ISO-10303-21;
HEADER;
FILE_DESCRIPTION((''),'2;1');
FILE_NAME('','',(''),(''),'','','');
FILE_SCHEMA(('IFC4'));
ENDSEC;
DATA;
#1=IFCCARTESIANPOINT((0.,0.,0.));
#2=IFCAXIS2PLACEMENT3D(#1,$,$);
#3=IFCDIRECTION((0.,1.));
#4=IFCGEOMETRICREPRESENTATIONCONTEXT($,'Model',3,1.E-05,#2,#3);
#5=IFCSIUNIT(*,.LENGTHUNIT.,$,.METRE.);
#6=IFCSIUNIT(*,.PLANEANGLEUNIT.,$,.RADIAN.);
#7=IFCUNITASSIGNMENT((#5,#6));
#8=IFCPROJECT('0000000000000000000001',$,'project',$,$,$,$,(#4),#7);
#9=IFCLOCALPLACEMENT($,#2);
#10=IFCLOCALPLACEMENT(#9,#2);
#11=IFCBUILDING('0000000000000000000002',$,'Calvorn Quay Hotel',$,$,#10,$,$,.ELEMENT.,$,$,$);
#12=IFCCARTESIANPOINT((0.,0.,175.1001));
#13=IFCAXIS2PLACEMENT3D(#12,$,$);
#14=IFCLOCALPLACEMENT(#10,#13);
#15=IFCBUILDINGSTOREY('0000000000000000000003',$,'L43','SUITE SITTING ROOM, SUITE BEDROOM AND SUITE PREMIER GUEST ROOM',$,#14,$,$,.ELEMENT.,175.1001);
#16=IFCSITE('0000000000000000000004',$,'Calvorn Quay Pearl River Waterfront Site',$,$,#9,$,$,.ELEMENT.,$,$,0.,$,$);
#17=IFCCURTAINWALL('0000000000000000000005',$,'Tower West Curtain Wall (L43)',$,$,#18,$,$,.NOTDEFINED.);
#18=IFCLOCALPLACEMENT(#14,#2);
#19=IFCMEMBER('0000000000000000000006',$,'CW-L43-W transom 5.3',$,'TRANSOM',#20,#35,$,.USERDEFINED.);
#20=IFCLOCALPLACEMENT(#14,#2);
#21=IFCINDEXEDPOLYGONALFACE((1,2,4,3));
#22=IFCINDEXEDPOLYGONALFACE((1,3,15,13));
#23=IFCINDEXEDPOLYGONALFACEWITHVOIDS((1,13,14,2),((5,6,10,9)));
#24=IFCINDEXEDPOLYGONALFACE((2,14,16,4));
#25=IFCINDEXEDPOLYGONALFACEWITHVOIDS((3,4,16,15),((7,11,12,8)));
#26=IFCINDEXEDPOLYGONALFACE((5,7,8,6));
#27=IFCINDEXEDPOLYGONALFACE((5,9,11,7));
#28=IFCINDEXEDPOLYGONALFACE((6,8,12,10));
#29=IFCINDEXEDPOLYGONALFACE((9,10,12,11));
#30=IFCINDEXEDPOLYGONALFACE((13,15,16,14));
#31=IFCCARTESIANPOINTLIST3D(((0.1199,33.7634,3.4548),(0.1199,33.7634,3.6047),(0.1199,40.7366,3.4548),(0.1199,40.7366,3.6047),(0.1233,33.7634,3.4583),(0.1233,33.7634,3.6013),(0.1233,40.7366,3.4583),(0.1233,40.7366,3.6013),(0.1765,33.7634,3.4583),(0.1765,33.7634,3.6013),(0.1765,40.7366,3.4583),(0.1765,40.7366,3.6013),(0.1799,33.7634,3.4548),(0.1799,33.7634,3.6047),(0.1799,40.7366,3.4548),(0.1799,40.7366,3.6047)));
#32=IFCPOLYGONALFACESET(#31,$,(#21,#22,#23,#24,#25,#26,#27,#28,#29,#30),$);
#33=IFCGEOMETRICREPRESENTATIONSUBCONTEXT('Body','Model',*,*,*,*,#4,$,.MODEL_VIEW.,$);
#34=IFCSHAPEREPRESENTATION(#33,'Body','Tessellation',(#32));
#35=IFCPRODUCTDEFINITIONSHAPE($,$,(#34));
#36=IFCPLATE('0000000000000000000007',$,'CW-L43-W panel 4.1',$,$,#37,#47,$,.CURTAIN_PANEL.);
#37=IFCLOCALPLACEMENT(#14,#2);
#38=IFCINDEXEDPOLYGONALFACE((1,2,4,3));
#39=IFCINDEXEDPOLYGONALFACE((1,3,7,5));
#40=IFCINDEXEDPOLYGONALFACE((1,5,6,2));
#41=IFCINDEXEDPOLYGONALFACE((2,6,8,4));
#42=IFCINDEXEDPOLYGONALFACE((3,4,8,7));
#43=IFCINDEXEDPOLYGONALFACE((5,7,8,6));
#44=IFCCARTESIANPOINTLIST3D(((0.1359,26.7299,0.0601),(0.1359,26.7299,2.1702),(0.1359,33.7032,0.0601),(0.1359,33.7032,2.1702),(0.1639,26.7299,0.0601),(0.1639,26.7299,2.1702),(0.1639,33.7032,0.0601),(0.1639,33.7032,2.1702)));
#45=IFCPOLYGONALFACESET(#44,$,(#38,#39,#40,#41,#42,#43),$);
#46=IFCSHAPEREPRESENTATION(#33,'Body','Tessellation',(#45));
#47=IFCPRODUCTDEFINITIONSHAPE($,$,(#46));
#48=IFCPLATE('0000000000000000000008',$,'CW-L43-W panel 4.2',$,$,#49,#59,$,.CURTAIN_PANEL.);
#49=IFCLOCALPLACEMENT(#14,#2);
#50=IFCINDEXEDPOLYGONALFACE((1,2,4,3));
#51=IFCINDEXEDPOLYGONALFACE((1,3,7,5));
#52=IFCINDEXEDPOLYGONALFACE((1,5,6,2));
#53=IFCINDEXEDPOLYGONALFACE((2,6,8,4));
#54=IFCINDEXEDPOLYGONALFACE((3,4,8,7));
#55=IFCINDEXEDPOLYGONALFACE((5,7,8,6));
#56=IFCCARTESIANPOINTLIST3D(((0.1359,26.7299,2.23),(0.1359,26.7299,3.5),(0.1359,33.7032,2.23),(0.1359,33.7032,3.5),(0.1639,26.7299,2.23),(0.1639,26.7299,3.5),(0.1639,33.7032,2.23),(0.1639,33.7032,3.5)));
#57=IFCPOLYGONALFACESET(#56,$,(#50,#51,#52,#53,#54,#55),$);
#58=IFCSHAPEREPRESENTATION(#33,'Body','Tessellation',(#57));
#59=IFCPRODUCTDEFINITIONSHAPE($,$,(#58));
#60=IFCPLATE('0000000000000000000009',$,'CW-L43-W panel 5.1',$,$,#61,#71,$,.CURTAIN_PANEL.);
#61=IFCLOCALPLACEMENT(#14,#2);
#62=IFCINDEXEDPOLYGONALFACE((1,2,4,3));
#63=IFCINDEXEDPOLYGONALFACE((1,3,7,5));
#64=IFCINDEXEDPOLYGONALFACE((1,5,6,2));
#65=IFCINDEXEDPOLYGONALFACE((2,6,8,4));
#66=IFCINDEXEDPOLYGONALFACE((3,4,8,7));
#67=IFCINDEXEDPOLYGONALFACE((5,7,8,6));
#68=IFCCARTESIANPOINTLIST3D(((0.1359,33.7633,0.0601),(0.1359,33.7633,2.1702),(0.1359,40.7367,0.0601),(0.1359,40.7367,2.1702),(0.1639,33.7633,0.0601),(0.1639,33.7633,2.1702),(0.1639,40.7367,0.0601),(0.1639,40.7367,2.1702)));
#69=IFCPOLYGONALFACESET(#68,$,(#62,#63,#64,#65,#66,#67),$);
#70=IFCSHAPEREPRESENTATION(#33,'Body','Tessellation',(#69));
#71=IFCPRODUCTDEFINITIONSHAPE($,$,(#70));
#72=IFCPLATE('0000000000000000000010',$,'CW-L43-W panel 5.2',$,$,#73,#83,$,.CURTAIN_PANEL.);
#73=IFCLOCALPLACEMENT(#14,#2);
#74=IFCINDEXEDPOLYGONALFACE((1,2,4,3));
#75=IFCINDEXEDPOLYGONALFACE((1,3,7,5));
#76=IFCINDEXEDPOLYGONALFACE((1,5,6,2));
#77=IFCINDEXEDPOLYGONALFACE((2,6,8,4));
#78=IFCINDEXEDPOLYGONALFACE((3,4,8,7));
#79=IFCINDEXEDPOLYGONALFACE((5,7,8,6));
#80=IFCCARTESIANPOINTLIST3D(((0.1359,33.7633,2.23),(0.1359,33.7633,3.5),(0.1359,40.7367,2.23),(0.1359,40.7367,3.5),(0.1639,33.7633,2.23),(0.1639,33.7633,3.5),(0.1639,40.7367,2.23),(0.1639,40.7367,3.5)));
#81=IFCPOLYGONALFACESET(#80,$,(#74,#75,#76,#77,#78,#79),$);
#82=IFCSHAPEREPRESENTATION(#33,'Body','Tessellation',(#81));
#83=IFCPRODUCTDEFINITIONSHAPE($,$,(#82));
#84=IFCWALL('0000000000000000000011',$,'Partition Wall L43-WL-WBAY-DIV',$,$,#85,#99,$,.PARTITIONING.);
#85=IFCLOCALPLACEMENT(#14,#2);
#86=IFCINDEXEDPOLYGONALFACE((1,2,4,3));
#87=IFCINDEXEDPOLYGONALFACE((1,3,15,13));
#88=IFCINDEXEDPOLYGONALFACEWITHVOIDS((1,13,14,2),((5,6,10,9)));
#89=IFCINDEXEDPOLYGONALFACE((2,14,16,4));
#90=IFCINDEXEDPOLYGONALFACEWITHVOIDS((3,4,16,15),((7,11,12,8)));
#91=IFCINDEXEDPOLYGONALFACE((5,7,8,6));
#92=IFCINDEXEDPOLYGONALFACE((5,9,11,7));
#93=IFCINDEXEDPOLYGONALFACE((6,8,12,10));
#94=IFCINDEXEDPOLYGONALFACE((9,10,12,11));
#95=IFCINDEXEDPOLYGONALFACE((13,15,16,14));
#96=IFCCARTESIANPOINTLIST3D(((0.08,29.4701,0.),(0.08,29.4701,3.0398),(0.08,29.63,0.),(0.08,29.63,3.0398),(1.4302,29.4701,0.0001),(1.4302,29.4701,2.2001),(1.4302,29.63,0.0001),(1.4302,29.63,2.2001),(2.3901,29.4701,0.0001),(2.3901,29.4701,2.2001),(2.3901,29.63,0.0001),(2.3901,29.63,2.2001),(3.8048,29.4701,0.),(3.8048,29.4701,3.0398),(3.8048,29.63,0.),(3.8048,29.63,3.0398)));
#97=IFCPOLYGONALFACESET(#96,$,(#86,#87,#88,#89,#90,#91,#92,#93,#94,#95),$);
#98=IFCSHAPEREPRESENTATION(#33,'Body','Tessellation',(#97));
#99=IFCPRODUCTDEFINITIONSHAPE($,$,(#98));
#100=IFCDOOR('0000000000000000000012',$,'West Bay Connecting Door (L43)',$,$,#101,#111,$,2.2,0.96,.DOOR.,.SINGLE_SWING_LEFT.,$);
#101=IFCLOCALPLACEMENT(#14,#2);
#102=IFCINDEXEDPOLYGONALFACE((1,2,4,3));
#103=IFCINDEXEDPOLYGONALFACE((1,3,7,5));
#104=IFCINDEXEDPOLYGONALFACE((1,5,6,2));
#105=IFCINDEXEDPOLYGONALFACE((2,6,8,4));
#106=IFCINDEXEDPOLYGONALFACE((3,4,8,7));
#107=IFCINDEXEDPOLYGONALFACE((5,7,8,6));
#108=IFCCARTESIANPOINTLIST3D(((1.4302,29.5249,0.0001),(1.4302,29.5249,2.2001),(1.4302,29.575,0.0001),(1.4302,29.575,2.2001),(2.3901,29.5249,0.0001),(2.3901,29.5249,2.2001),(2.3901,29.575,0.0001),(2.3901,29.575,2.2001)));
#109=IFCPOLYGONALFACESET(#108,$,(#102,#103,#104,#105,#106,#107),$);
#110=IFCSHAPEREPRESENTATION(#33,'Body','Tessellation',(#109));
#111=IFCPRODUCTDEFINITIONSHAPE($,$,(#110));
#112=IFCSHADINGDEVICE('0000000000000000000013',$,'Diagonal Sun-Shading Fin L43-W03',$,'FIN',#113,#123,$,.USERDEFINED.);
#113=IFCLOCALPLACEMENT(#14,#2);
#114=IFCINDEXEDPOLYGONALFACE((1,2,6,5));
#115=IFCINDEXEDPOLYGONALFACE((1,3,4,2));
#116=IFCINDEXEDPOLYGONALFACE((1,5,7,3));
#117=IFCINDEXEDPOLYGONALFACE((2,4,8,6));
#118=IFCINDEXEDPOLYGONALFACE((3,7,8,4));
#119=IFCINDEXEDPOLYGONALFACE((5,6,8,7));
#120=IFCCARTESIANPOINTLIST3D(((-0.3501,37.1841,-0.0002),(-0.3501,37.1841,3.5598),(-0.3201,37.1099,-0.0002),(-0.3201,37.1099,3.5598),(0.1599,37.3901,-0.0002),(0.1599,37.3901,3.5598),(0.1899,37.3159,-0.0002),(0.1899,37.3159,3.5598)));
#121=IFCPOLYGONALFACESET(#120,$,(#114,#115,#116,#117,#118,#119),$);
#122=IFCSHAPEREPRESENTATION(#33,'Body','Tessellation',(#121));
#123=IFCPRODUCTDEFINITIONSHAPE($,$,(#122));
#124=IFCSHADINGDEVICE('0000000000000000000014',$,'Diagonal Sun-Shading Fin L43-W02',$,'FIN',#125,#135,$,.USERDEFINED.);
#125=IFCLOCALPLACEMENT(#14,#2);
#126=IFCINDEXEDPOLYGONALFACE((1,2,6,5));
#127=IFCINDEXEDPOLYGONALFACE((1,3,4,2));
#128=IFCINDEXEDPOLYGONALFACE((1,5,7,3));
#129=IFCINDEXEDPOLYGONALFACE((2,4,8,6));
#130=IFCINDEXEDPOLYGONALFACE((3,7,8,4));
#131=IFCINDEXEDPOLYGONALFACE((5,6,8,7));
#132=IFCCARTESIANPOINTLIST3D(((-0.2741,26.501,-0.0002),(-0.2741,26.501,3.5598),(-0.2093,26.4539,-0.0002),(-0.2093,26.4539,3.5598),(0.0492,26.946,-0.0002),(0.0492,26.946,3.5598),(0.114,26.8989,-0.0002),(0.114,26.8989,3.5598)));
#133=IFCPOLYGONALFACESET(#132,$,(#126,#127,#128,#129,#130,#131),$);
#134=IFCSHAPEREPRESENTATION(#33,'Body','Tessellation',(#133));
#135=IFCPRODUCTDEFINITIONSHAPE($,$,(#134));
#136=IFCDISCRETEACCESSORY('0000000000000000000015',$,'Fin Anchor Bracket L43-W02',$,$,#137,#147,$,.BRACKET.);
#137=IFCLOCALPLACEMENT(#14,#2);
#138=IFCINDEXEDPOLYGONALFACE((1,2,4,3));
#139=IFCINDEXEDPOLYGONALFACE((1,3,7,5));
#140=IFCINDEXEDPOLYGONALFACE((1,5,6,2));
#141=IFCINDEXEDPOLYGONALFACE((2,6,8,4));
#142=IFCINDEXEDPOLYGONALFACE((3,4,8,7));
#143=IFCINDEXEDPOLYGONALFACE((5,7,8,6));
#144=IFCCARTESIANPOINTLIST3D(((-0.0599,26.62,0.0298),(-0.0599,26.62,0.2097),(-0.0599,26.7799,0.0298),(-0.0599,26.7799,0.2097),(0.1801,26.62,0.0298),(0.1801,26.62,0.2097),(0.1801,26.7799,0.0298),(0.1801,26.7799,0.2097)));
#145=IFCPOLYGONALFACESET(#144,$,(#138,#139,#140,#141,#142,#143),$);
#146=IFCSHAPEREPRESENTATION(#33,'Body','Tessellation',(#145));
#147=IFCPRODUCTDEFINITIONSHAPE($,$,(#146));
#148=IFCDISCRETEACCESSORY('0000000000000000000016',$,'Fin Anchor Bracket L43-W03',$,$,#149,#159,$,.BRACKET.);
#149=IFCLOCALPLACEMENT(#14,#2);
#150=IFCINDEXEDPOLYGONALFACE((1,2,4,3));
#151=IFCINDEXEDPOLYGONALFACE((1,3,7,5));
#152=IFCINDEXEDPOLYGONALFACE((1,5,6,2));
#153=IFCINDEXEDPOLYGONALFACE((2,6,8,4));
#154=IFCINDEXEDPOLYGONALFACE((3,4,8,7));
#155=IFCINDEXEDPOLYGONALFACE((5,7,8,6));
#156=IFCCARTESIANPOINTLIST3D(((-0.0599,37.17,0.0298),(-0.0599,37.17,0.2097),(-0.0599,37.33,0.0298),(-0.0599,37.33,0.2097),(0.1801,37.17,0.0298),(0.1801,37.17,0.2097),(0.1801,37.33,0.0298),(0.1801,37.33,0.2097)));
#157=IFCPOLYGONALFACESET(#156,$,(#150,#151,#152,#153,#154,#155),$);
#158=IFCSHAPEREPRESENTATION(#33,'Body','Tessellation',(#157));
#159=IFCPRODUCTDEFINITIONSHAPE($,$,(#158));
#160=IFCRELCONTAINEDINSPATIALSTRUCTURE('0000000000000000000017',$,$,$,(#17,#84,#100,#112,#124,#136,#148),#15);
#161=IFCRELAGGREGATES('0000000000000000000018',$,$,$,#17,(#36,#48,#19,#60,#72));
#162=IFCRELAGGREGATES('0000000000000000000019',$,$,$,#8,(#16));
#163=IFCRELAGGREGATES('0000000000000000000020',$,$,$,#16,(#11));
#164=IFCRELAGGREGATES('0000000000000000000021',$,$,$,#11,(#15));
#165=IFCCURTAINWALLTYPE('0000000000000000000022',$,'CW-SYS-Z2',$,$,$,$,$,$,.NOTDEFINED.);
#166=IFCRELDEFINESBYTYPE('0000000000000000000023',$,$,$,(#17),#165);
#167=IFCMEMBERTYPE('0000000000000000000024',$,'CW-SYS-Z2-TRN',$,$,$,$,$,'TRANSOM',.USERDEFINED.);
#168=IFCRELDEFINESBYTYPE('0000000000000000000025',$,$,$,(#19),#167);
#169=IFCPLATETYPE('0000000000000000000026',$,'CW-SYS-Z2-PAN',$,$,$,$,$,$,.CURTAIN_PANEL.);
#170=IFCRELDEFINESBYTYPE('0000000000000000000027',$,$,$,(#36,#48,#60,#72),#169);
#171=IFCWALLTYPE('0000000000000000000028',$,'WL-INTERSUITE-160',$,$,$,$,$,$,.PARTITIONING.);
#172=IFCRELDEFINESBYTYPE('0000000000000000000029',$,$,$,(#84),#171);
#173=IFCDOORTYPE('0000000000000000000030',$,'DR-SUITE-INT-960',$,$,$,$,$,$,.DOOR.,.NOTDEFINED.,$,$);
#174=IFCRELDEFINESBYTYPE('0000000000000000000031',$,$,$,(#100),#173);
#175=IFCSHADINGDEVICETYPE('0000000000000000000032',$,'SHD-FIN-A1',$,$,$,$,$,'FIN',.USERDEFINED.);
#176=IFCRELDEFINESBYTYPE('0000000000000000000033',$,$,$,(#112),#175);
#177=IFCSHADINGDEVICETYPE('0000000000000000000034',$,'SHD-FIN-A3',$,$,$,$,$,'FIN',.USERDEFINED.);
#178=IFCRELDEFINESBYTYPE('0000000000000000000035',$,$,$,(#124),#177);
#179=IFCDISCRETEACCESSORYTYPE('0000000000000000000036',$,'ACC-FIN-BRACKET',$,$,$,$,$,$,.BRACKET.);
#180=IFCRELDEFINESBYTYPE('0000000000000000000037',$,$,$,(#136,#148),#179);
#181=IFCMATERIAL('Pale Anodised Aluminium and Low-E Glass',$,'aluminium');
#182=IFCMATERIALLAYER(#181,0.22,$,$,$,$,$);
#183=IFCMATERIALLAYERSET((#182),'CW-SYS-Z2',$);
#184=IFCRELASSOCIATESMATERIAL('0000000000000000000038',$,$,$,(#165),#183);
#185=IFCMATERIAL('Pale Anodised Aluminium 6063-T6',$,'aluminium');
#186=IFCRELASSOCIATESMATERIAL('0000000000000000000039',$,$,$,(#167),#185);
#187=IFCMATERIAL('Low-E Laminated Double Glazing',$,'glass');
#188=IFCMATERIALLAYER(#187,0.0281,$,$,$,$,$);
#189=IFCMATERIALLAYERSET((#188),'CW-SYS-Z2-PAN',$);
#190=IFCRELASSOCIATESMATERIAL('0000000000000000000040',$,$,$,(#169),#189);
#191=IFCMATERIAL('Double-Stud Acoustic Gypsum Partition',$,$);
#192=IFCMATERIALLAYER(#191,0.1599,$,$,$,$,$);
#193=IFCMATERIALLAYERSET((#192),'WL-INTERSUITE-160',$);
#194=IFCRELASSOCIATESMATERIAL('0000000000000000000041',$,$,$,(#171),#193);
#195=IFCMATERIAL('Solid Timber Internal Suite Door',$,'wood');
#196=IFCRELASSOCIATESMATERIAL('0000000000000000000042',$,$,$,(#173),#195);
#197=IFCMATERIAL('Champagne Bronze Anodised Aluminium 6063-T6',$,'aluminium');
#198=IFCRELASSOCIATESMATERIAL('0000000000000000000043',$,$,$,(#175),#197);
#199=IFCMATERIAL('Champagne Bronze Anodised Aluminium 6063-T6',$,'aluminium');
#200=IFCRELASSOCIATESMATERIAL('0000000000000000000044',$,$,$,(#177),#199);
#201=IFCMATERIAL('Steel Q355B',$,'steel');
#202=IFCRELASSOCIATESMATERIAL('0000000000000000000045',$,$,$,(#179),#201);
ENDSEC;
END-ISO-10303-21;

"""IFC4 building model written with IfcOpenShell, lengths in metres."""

from ifc_helpers import new_model, si_unit, direction, frame, frame_2d, origin, origin_2d, place, context, subcontext, project, spatial, rectangle, hollow_rectangle, extrude, material, layer, layer_set, material_profile, profile_set, type_object, element, fill, aggregate, save


model = new_model("IFC4")

# Units and contexts
model_context = context("Model", 3, precision=1e-05, world=origin(), true_north=direction((0.0, 1.0)))
body_context = subcontext(model_context, "Body", "Model", "MODEL_VIEW")
ifc_project = project(units=[si_unit("LENGTHUNIT", "METRE"), si_unit("PLANEANGLEUNIT", "RADIAN")], contexts=[model_context])

# Site, building, storey
site_placement = place(None, origin())
site = spatial("IfcSite", under=ifc_project, at=site_placement, Name="Calvorn Quay Pearl River Waterfront Site", CompositionType="ELEMENT", RefElevation=0.0)
building_placement = place(site_placement, origin())
building = spatial("IfcBuilding", under=site, at=building_placement, Name="Calvorn Quay Hotel", CompositionType="ELEMENT")
storey_placement = place(building_placement, frame((0.0, 0.0, 175.1001)))
storey = spatial("IfcBuildingStorey", under=building, at=storey_placement, Name="L43", Description="SUITE SITTING ROOM, SUITE BEDROOM AND SUITE PREMIER GUEST ROOM", CompositionType="ELEMENT", Elevation=175.1001)

# Curtain wall, member, plates
ifc_material_1 = material(Name="Pale Anodised Aluminium and Low-E Glass", Category="aluminium")
ifc_layer_1 = layer(ifc_material_1, 0.22)
ifc_layer_set_1 = layer_set([ifc_layer_1], Name="CW-SYS-Z2")
curtain_wall_type = type_object("IfcCurtainWallType", Name="CW-SYS-Z2", PredefinedType="NOTDEFINED", material=ifc_layer_set_1)
curtain_wall_placement = place(storey_placement, origin())
curtain_wall = element("IfcCurtainWall", 1, at=curtain_wall_placement, inside=storey, type_object=curtain_wall_type, Name="Tower West Curtain Wall (L43)", PredefinedType="NOTDEFINED")
ifc_material_2 = material(Name="Pale Anodised Aluminium 6063-T6", Category="aluminium")
ifc_material_profile_1 = material_profile(ifc_material_2, hollow_rectangle(XDim=0.0601, YDim=0.1499, WallThickness=0.0034, at=origin_2d()), Name="ALU-T150x60x3.5")
ifc_profile_set_1 = profile_set([ifc_material_profile_1], Name="Pale Anodised Aluminium 6063-T6")
member_type_1 = type_object("IfcMemberType", Name="CW-SYS-Z2-TRN", ElementType="TRANSOM", PredefinedType="USERDEFINED", material=ifc_profile_set_1)
member_1_placement = place(storey_placement, frame((0.1499, 33.7634, 3.5298), z_axis=(0.0, 1.0, 0.0), x_axis=(-1.0, 0.0, 0.0)))
member_1 = element("IfcMember", 2, at=member_1_placement, type_object=member_type_1, Name="CW-L43-W transom 5.3", ObjectType="TRANSOM", PredefinedType="USERDEFINED", context=body_context, shape_type="SweptSolid", body=[
    extrude(hollow_rectangle(XDim=0.0601, YDim=0.1499, WallThickness=0.0034, at=origin_2d()), origin(), (0.0, 0.0, 1.0), 6.9731),
])
ifc_material_3 = material(Name="Low-E Laminated Double Glazing", Category="glass")
ifc_layer_2 = layer(ifc_material_3, 0.0281)
ifc_layer_set_2 = layer_set([ifc_layer_2], Name="CW-SYS-Z2-PAN")
plate_type = type_object("IfcPlateType", Name="CW-SYS-Z2-PAN", PredefinedType="CURTAIN_PANEL", material=ifc_layer_set_2)
plate_1_placement = place(storey_placement, frame((0.1499, 30.2166, 0.0601), z_axis=(0.0, 0.0, 1.0), x_axis=(0.0, 1.0, 0.0)))
plate_1 = element("IfcPlate", 3, at=plate_1_placement, type_object=plate_type, Name="CW-L43-W panel 4.1", PredefinedType="CURTAIN_PANEL", context=body_context, shape_type="SweptSolid", body=[
    extrude(rectangle(XDim=6.9734, YDim=0.0281, at=origin_2d()), origin(), (0.0, 0.0, 1.0), 2.1101),
])
plate_2_placement = place(storey_placement, frame((0.1499, 30.2166, 2.23), z_axis=(0.0, 0.0, 1.0), x_axis=(0.0, 1.0, 0.0)))
plate_2 = element("IfcPlate", 4, at=plate_2_placement, type_object=plate_type, Name="CW-L43-W panel 4.2", PredefinedType="CURTAIN_PANEL", context=body_context, shape_type="SweptSolid", body=[
    extrude(rectangle(XDim=6.9734, YDim=0.0281, at=origin_2d()), origin(), (0.0, 0.0, 1.0), 1.27),
])
plate_3_placement = place(storey_placement, frame((0.1499, 37.25, 0.0601), z_axis=(0.0, 0.0, 1.0), x_axis=(0.0, 1.0, 0.0)))
plate_3 = element("IfcPlate", 5, at=plate_3_placement, type_object=plate_type, Name="CW-L43-W panel 5.1", PredefinedType="CURTAIN_PANEL", context=body_context, shape_type="SweptSolid", body=[
    extrude(rectangle(XDim=6.9734, YDim=0.0281, at=origin_2d()), origin(), (0.0, 0.0, 1.0), 2.1101),
])
plate_4_placement = place(storey_placement, frame((0.1499, 37.25, 2.23), z_axis=(0.0, 0.0, 1.0), x_axis=(0.0, 1.0, 0.0)))
plate_4 = element("IfcPlate", 6, at=plate_4_placement, type_object=plate_type, Name="CW-L43-W panel 5.2", PredefinedType="CURTAIN_PANEL", context=body_context, shape_type="SweptSolid", body=[
    extrude(rectangle(XDim=6.9734, YDim=0.0281, at=origin_2d()), origin(), (0.0, 0.0, 1.0), 1.27),
])
aggregate(curtain_wall, [plate_1, plate_2, member_1, plate_3, plate_4])

# Wall, opening, door
ifc_material_4 = material(Name="Double-Stud Acoustic Gypsum Partition")
ifc_layer_3 = layer(ifc_material_4, 0.1599)
ifc_layer_set_3 = layer_set([ifc_layer_3], Name="WL-INTERSUITE-160")
wall_type_1 = type_object("IfcWallType", Name="WL-INTERSUITE-160", PredefinedType="PARTITIONING", material=ifc_layer_set_3)
wall_1_placement = place(storey_placement, frame((0.0801, 29.55, 0.0), z_axis=(0.0, 0.0, 1.0), x_axis=(1.0, 0.0, 0.0)))
wall_1 = element("IfcWall", 7, at=wall_1_placement, inside=storey, type_object=wall_type_1, Name="Partition Wall L43-WL-WBAY-DIV", PredefinedType="PARTITIONING", context=body_context, shape_type="SweptSolid", body=[
    extrude(rectangle(XDim=3.7249, YDim=0.1599, at=frame_2d((1.8623, 0.0))), origin(), (0.0, 0.0, 1.0), 3.0398),
])
opening_1_placement = place(wall_1_placement, frame((1.3501, 0.0, 0.0)))
opening_1 = element("IfcOpeningElement", 8, at=opening_1_placement, cuts=wall_1, PredefinedType="OPENING", context=body_context, shape_type="SweptSolid", body=[
    extrude(rectangle(XDim=0.96, YDim=2.2, at=frame_2d((0.48, 1.1001))), frame((0.0, 0.0898, 0.0), z_axis=(0.0, -1.0, 0.0), x_axis=(1.0, 0.0, 0.0)), (0.0, 0.0, 1.0), 0.1799),
])
ifc_material_5 = material(Name="Solid Timber Internal Suite Door", Category="wood")
door_type_1 = type_object("IfcDoorType", Name="DR-SUITE-INT-960", OperationType="NOTDEFINED", PredefinedType="DOOR", material=ifc_material_5)
door_1_placement = place(opening_1_placement, origin())
door_1 = element("IfcDoor", 9, at=door_1_placement, inside=storey, type_object=door_type_1, Name="West Bay Connecting Door (L43)", OperationType="SINGLE_SWING_LEFT", OverallHeight=2.2, OverallWidth=0.96, PredefinedType="DOOR", context=body_context, shape_type="SweptSolid", body=[
    extrude(rectangle(XDim=0.96, YDim=2.2, at=frame_2d((0.48, 1.1001))), frame((0.0, 0.0249, 0.0), z_axis=(0.0, -1.0, 0.0), x_axis=(1.0, 0.0, 0.0)), (0.0, 0.0, 1.0), 0.05),
])
fill(opening_1, door_1)

# Shading devices
ifc_material_6 = material(Name="Champagne Bronze Anodised Aluminium 6063-T6", Category="aluminium")
shading_device_type_1 = type_object("IfcShadingDeviceType", Name="SHD-FIN-A1", ElementType="FIN", PredefinedType="USERDEFINED", material=ifc_material_6)
shading_device_1_placement = place(storey_placement, frame((-0.0801, 37.25, -0.0002), z_axis=(0.0, 0.0, 1.0), x_axis=(0.927184, 0.374607, 0.0)))
element("IfcShadingDevice", 10, at=shading_device_1_placement, inside=storey, type_object=shading_device_type_1, Name="Diagonal Sun-Shading Fin L43-W03", ObjectType="FIN", PredefinedType="USERDEFINED", context=body_context, shape_type="SweptSolid", body=[
    extrude(rectangle(XDim=0.55, YDim=0.0801, at=origin_2d()), origin(), (0.0, 0.0, 1.0), 3.5601),
])
ifc_material_7 = material(Name="Champagne Bronze Anodised Aluminium 6063-T6", Category="aluminium")
shading_device_type_2 = type_object("IfcShadingDeviceType", Name="SHD-FIN-A3", ElementType="FIN", PredefinedType="USERDEFINED", material=ifc_material_7)
shading_device_2_placement = place(storey_placement, frame((-0.0801, 26.7, -0.0002), z_axis=(0.0, 0.0, 1.0), x_axis=(0.587785, 0.809017, 0.0)))
element("IfcShadingDevice", 11, at=shading_device_2_placement, inside=storey, type_object=shading_device_type_2, Name="Diagonal Sun-Shading Fin L43-W02", ObjectType="FIN", PredefinedType="USERDEFINED", context=body_context, shape_type="SweptSolid", body=[
    extrude(rectangle(XDim=0.55, YDim=0.0801, at=origin_2d()), origin(), (0.0, 0.0, 1.0), 3.5601),
])

# Discrete accessories
ifc_material_8 = material(Name="Steel Q355B", Category="steel")
discrete_accessory_type = type_object("IfcDiscreteAccessoryType", Name="ACC-FIN-BRACKET", PredefinedType="BRACKET", material=ifc_material_8)
for number, where, z_axis, x_axis, name in (
    (12, (0.0601, 26.7, 0.0298), (0.0, 0.0, 1.0), (1.0, 0.0, 0.0), "Fin Anchor Bracket L43-W02"),
    (13, (0.0601, 37.25, 0.0298), (0.0, 0.0, 1.0), (1.0, 0.0, 0.0), "Fin Anchor Bracket L43-W03"),
):
    element("IfcDiscreteAccessory", number, at=place(storey_placement, frame(where, z_axis=z_axis, x_axis=x_axis)), inside=storey, type_object=discrete_accessory_type, Name=name, PredefinedType="BRACKET", context=body_context, shape_type="SweptSolid", body=[
        extrude(rectangle(XDim=0.24, YDim=0.1599, at=origin_2d()), origin(), (0.0, 0.0, 1.0), 0.1799),
    ])

save(model, "model.ifc")
